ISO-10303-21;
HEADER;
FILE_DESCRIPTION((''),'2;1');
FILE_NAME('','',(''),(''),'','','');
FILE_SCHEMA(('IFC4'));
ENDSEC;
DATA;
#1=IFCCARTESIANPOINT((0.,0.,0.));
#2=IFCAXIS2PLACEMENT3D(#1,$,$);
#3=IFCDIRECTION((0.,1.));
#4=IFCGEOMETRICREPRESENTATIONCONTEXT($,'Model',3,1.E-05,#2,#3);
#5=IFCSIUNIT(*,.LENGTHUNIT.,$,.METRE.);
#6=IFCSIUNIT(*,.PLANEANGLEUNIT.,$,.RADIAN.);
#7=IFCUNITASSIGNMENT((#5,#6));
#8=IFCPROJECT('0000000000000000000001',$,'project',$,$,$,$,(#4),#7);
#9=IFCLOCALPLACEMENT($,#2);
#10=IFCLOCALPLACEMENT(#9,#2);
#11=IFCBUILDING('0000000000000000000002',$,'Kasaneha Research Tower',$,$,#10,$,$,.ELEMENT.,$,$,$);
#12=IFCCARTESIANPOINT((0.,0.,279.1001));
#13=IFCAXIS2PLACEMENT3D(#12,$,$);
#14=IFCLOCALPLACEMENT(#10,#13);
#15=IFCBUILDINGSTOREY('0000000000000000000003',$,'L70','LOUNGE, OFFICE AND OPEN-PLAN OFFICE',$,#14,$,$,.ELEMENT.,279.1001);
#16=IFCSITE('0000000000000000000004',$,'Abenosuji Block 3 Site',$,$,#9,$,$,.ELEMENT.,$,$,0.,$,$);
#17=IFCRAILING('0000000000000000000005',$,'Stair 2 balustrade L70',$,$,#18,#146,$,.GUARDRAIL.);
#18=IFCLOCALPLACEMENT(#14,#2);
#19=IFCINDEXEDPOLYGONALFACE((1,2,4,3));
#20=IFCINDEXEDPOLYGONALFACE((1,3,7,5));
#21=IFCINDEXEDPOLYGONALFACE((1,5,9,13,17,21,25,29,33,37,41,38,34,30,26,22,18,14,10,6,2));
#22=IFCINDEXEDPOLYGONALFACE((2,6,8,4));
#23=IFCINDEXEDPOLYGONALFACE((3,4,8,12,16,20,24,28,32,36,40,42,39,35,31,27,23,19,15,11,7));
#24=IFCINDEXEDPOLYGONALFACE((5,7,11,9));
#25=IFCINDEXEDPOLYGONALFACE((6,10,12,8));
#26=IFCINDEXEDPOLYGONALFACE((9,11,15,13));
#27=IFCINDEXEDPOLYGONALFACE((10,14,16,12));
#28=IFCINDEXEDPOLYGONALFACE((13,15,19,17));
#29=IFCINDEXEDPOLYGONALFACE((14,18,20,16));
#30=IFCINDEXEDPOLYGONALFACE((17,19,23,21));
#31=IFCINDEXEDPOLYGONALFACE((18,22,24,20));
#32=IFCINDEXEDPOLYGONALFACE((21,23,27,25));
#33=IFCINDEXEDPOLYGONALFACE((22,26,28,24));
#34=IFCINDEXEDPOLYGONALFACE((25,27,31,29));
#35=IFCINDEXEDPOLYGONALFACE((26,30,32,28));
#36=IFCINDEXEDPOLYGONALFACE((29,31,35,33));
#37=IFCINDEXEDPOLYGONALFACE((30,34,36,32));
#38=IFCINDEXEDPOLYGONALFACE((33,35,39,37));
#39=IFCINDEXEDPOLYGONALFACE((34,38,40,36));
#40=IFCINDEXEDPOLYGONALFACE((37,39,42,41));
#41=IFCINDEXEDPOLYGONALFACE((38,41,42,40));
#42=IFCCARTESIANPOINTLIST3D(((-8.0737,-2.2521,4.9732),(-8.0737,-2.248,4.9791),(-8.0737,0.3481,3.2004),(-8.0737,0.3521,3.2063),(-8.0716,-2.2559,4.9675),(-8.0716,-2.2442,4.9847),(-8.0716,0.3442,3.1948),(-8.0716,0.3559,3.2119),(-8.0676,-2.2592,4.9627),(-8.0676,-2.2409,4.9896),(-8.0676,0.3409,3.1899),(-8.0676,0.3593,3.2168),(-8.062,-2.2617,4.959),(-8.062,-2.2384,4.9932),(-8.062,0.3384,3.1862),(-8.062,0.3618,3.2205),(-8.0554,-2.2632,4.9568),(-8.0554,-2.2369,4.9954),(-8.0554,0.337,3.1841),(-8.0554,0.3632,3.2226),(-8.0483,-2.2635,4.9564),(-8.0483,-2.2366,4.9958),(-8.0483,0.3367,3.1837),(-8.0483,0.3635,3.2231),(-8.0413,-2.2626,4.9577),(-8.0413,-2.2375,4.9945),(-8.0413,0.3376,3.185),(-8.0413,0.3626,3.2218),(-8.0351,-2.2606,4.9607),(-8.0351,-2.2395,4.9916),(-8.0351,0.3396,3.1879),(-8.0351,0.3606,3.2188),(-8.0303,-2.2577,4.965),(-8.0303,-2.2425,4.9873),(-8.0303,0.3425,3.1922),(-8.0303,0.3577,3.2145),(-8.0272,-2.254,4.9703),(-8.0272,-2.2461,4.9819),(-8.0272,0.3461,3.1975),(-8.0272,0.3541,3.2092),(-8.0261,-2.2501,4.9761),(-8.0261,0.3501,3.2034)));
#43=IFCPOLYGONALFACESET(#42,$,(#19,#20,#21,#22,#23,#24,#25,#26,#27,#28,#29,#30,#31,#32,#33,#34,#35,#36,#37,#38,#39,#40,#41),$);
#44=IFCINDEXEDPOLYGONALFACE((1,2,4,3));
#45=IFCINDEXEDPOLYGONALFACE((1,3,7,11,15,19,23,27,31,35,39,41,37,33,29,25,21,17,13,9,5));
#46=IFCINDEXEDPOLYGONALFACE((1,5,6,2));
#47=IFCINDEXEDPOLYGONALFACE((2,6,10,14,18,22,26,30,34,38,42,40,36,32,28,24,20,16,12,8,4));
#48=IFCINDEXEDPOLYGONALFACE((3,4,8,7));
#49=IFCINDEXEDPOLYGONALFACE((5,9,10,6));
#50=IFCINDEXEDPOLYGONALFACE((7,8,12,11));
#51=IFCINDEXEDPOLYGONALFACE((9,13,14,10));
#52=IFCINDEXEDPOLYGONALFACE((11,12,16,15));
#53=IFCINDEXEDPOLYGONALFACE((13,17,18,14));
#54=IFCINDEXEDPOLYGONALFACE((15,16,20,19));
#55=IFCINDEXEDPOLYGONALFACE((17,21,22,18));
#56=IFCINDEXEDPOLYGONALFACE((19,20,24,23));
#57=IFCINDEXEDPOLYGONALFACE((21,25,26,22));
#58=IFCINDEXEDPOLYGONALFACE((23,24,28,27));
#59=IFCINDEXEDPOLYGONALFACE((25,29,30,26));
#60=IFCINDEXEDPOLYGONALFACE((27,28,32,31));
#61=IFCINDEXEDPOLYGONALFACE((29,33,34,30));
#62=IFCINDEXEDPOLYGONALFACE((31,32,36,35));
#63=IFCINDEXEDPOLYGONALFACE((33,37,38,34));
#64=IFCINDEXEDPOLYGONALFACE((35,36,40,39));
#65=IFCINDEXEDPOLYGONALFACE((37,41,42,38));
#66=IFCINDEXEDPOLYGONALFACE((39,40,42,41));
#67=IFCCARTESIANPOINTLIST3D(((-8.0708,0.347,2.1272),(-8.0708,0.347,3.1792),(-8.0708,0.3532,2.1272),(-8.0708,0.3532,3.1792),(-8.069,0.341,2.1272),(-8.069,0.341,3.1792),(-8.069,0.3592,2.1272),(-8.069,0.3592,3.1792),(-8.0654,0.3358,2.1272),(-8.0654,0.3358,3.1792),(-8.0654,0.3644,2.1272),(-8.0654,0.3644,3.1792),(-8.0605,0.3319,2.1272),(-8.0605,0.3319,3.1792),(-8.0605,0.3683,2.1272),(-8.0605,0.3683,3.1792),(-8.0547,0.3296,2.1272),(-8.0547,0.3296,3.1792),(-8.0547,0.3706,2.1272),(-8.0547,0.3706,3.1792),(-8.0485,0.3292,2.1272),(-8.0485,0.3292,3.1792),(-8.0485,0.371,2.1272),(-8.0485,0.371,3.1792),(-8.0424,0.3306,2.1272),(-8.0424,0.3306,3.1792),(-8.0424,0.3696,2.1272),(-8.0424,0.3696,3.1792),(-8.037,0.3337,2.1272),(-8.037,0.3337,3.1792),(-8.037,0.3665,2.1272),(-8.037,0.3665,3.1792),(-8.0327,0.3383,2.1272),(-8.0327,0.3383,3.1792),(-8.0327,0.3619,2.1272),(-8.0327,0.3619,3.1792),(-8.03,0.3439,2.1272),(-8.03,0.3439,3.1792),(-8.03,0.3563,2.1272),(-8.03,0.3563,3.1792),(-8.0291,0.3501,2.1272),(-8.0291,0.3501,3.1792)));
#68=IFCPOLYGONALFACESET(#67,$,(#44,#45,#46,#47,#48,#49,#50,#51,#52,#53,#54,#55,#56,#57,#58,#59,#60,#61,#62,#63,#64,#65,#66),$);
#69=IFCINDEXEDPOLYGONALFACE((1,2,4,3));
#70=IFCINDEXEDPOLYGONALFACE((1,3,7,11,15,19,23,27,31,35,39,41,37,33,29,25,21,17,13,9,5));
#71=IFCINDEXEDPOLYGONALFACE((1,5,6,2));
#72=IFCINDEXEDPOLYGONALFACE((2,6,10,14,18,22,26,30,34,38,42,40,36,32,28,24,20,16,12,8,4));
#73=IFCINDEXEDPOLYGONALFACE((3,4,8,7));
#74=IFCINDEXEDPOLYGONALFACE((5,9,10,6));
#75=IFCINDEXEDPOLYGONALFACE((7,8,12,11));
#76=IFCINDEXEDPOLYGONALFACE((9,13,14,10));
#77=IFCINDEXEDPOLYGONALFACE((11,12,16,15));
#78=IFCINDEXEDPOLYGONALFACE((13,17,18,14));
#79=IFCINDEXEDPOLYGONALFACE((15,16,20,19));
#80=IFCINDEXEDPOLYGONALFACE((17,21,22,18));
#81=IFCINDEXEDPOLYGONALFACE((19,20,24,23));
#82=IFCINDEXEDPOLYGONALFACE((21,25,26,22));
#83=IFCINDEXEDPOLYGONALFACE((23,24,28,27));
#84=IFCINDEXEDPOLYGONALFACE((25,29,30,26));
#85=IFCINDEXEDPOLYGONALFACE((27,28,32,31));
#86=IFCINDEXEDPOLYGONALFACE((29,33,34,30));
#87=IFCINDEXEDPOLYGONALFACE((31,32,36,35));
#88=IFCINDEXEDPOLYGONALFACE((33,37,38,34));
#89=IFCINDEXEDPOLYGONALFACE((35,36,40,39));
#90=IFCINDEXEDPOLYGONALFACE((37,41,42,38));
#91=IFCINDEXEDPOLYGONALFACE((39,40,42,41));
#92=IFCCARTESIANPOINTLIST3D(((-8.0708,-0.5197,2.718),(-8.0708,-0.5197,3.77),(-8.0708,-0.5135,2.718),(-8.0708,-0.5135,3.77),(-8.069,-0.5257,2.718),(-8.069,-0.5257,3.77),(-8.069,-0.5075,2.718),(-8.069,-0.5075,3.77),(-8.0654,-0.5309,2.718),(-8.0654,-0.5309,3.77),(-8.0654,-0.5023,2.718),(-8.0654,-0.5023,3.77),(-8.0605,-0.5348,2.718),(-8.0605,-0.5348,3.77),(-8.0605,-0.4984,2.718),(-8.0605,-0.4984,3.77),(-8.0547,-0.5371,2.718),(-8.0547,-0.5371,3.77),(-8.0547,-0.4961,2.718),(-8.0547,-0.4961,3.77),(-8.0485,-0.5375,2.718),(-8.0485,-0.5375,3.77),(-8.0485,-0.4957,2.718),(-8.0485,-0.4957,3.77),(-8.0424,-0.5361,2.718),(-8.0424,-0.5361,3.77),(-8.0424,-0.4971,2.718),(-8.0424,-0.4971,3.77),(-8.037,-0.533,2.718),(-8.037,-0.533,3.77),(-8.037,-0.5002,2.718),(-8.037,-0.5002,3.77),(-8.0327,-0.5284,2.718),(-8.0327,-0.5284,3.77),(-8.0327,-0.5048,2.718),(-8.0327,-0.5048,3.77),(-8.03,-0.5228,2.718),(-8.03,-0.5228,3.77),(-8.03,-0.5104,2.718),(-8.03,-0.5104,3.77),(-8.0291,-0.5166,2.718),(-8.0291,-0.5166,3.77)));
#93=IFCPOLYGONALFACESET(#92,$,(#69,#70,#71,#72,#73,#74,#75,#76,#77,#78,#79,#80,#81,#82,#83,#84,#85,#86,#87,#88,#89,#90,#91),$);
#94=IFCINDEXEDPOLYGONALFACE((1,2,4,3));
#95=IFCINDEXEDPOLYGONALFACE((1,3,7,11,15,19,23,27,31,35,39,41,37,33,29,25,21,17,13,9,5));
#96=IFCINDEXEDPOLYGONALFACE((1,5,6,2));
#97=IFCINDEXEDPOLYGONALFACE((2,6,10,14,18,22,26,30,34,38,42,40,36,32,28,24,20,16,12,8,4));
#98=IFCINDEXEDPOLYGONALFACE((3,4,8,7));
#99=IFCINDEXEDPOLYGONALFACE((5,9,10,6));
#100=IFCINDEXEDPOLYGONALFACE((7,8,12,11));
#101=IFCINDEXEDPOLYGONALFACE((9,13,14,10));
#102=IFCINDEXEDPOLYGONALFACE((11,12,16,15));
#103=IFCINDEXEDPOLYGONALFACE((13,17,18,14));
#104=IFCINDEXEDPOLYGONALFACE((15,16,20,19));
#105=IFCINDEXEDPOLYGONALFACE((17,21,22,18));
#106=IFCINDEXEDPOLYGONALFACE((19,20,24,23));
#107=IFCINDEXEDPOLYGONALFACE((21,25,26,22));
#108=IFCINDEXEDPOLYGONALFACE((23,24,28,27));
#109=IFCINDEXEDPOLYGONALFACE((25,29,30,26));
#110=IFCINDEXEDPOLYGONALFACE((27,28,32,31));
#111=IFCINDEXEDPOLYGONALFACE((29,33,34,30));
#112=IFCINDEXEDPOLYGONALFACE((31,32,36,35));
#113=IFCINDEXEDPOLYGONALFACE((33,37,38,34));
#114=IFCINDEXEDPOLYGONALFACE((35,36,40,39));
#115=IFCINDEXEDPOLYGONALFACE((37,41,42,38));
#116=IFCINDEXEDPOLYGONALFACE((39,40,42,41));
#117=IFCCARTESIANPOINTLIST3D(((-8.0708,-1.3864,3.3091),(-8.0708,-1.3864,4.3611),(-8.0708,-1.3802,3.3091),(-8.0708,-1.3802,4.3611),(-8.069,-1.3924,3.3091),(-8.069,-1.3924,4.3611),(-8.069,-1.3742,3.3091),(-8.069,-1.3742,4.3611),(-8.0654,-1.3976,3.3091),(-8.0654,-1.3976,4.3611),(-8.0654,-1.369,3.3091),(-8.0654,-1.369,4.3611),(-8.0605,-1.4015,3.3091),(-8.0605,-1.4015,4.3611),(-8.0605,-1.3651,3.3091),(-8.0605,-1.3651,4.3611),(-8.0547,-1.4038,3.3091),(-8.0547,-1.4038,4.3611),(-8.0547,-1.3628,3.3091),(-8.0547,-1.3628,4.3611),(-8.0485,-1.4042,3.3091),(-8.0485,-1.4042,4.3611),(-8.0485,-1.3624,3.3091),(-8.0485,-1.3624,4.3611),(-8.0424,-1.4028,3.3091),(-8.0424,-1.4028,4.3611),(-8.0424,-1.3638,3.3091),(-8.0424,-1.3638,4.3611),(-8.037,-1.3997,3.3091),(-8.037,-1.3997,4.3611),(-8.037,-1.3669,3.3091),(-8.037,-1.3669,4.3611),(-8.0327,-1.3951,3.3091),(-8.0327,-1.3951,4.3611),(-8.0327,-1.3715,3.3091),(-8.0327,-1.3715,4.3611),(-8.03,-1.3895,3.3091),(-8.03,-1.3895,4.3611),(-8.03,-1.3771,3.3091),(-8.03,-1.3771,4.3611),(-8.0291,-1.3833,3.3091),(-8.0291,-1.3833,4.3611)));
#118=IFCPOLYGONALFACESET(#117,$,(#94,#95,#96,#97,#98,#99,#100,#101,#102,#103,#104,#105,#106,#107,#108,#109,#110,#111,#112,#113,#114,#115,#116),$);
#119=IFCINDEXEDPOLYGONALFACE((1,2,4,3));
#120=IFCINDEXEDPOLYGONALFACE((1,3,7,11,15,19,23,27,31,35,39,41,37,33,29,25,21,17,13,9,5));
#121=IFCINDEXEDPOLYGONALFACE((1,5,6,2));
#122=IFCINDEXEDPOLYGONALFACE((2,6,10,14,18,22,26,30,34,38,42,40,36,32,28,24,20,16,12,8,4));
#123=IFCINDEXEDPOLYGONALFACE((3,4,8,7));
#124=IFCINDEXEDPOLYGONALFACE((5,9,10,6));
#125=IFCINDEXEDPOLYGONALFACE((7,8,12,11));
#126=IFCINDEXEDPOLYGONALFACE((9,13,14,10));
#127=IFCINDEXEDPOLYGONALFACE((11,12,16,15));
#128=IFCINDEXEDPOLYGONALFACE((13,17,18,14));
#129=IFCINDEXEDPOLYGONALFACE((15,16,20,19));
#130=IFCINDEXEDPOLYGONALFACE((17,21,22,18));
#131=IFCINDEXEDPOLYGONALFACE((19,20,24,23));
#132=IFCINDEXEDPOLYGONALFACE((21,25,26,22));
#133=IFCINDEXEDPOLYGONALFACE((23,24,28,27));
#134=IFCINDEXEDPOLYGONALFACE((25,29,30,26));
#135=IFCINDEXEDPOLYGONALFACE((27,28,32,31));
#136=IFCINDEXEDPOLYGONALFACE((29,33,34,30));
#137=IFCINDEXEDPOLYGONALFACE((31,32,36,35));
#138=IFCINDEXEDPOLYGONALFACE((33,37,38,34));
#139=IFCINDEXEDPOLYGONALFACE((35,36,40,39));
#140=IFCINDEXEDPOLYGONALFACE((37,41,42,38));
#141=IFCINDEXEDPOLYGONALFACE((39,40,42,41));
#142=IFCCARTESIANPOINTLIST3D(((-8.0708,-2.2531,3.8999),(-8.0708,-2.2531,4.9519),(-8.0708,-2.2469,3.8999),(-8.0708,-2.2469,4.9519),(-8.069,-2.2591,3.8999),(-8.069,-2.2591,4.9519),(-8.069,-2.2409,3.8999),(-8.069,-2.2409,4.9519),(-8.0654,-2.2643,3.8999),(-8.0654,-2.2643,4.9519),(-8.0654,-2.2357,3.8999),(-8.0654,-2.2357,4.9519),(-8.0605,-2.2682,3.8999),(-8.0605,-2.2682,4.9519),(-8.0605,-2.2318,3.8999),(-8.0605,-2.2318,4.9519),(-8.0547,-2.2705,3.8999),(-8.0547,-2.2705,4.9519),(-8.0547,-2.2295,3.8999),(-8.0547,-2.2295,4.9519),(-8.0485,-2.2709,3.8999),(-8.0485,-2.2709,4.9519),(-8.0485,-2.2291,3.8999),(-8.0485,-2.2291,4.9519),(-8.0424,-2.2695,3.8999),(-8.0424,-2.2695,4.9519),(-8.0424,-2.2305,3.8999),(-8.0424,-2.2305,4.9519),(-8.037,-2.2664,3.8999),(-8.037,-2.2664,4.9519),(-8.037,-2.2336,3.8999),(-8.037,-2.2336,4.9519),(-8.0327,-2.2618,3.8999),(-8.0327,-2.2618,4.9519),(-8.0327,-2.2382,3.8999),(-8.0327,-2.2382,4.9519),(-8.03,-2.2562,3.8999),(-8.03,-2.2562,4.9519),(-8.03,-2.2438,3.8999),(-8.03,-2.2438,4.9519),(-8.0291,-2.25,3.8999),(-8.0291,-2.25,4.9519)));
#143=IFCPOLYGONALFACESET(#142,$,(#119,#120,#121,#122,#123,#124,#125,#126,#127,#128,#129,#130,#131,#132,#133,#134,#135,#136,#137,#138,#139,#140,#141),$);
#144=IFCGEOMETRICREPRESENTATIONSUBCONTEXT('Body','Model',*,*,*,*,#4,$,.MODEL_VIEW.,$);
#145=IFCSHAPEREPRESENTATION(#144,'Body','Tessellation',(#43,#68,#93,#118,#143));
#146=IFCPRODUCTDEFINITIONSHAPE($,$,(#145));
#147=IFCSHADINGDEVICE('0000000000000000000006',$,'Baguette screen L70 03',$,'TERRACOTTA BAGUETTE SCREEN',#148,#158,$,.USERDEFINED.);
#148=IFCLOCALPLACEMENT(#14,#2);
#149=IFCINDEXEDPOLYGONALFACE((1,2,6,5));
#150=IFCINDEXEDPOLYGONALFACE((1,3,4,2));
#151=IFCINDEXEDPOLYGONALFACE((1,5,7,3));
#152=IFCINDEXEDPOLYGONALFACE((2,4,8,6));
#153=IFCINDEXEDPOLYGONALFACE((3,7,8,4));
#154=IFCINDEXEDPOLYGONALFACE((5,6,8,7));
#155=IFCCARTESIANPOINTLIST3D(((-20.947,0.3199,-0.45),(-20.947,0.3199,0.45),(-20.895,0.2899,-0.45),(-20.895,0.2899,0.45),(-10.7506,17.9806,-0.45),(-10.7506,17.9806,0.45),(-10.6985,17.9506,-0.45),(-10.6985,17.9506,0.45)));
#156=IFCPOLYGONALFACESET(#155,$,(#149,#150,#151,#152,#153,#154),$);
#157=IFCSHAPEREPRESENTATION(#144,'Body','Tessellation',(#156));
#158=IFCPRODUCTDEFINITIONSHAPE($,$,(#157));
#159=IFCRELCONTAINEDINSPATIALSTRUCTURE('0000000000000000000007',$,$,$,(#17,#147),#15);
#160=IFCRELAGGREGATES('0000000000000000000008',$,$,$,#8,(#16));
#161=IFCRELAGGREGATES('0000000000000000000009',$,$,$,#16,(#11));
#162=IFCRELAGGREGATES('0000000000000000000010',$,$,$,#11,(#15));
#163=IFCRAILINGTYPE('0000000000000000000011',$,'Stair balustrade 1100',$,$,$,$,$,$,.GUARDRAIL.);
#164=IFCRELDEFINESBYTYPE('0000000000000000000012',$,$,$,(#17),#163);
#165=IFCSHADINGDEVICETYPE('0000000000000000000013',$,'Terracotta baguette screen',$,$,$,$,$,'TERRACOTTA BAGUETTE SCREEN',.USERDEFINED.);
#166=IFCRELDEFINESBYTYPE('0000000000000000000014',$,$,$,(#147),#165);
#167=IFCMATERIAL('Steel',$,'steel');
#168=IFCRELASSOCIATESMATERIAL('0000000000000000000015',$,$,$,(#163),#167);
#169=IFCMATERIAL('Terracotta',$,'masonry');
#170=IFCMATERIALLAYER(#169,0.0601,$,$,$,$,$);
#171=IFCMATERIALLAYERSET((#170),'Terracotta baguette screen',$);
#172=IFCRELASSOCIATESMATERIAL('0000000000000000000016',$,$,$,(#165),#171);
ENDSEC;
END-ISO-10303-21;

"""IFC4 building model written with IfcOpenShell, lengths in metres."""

from ifc_helpers import new_model, si_unit, direction, frame, origin, origin_2d, place, context, subcontext, project, spatial, rectangle, circle, extrude, material, layer, layer_set, type_object, element, save


model = new_model("IFC4")

# Units and contexts
model_context = context("Model", 3, precision=1e-05, world=origin(), true_north=direction((0.0, 1.0)))
body_context = subcontext(model_context, "Body", "Model", "MODEL_VIEW")
ifc_project = project(units=[si_unit("LENGTHUNIT", "METRE"), si_unit("PLANEANGLEUNIT", "RADIAN")], contexts=[model_context])

# Site, building, storey
site_placement = place(None, origin())
site = spatial("IfcSite", under=ifc_project, at=site_placement, Name="Abenosuji Block 3 Site", CompositionType="ELEMENT", RefElevation=0.0)
building_placement = place(site_placement, origin())
building = spatial("IfcBuilding", under=site, at=building_placement, Name="Kasaneha Research Tower", CompositionType="ELEMENT")
storey_placement = place(building_placement, frame((0.0, 0.0, 279.1001)))
storey = spatial("IfcBuildingStorey", under=building, at=storey_placement, Name="L70", Description="LOUNGE, OFFICE AND OPEN-PLAN OFFICE", CompositionType="ELEMENT", Elevation=279.1001)

# Railing
ifc_material_1 = material(Name="Steel", Category="steel")
railing_type = type_object("IfcRailingType", Name="Stair balustrade 1100", PredefinedType="GUARDRAIL", material=ifc_material_1)
railing_placement = place(storey_placement, frame((-8.05, 0.3501, 2.1272)))
element("IfcRailing", 1, at=railing_placement, inside=storey, type_object=railing_type, Name="Stair 2 balustrade L70", PredefinedType="GUARDRAIL", context=body_context, shape_type="SweptSolid", body=[
    extrude(circle(Radius=0.0239, at=origin_2d()), frame((0.0, 0.0, 1.0762), z_axis=(0.0, -0.82624, 0.563318), x_axis=(1.0, 0.0, 0.0)), (0.0, 0.0, 1.0), 3.147),
    extrude(circle(Radius=0.021, at=origin_2d()), origin(), (0.0, 0.0, 1.0), 1.052),
    extrude(circle(Radius=0.021, at=origin_2d()), frame((0.0, -0.8667, 0.5908)), (0.0, 0.0, 1.0), 1.052),
    extrude(circle(Radius=0.021, at=origin_2d()), frame((0.0, -1.7334, 1.1819)), (0.0, 0.0, 1.0), 1.052),
    extrude(circle(Radius=0.021, at=origin_2d()), frame((0.0, -2.6001, 1.7727)), (0.0, 0.0, 1.0), 1.052),
])

# Shading device
ifc_material_2 = material(Name="Terracotta", Category="masonry")
ifc_layer_1 = layer(ifc_material_2, 0.0601)
ifc_layer_set_1 = layer_set([ifc_layer_1], Name="Terracotta baguette screen")
shading_device_type = type_object("IfcShadingDeviceType", Name="Terracotta baguette screen", ElementType="TERRACOTTA BAGUETTE SCREEN", PredefinedType="USERDEFINED", material=ifc_layer_set_1)
shading_device_placement = place(storey_placement, frame((-15.8228, 9.1353, -0.45), z_axis=(0.0, 0.0, 1.0), x_axis=(-0.5, -0.866025, 0.0)))
element("IfcShadingDevice", 2, at=shading_device_placement, inside=storey, type_object=shading_device_type, Name="Baguette screen L70 03", ObjectType="TERRACOTTA BAGUETTE SCREEN", PredefinedType="USERDEFINED", context=body_context, shape_type="SweptSolid", body=[
    extrude(rectangle(XDim=20.3928, YDim=0.0601, at=origin_2d()), origin(), (0.0, 0.0, 1.0), 0.8999),
])

save(model, "model.ifc")
